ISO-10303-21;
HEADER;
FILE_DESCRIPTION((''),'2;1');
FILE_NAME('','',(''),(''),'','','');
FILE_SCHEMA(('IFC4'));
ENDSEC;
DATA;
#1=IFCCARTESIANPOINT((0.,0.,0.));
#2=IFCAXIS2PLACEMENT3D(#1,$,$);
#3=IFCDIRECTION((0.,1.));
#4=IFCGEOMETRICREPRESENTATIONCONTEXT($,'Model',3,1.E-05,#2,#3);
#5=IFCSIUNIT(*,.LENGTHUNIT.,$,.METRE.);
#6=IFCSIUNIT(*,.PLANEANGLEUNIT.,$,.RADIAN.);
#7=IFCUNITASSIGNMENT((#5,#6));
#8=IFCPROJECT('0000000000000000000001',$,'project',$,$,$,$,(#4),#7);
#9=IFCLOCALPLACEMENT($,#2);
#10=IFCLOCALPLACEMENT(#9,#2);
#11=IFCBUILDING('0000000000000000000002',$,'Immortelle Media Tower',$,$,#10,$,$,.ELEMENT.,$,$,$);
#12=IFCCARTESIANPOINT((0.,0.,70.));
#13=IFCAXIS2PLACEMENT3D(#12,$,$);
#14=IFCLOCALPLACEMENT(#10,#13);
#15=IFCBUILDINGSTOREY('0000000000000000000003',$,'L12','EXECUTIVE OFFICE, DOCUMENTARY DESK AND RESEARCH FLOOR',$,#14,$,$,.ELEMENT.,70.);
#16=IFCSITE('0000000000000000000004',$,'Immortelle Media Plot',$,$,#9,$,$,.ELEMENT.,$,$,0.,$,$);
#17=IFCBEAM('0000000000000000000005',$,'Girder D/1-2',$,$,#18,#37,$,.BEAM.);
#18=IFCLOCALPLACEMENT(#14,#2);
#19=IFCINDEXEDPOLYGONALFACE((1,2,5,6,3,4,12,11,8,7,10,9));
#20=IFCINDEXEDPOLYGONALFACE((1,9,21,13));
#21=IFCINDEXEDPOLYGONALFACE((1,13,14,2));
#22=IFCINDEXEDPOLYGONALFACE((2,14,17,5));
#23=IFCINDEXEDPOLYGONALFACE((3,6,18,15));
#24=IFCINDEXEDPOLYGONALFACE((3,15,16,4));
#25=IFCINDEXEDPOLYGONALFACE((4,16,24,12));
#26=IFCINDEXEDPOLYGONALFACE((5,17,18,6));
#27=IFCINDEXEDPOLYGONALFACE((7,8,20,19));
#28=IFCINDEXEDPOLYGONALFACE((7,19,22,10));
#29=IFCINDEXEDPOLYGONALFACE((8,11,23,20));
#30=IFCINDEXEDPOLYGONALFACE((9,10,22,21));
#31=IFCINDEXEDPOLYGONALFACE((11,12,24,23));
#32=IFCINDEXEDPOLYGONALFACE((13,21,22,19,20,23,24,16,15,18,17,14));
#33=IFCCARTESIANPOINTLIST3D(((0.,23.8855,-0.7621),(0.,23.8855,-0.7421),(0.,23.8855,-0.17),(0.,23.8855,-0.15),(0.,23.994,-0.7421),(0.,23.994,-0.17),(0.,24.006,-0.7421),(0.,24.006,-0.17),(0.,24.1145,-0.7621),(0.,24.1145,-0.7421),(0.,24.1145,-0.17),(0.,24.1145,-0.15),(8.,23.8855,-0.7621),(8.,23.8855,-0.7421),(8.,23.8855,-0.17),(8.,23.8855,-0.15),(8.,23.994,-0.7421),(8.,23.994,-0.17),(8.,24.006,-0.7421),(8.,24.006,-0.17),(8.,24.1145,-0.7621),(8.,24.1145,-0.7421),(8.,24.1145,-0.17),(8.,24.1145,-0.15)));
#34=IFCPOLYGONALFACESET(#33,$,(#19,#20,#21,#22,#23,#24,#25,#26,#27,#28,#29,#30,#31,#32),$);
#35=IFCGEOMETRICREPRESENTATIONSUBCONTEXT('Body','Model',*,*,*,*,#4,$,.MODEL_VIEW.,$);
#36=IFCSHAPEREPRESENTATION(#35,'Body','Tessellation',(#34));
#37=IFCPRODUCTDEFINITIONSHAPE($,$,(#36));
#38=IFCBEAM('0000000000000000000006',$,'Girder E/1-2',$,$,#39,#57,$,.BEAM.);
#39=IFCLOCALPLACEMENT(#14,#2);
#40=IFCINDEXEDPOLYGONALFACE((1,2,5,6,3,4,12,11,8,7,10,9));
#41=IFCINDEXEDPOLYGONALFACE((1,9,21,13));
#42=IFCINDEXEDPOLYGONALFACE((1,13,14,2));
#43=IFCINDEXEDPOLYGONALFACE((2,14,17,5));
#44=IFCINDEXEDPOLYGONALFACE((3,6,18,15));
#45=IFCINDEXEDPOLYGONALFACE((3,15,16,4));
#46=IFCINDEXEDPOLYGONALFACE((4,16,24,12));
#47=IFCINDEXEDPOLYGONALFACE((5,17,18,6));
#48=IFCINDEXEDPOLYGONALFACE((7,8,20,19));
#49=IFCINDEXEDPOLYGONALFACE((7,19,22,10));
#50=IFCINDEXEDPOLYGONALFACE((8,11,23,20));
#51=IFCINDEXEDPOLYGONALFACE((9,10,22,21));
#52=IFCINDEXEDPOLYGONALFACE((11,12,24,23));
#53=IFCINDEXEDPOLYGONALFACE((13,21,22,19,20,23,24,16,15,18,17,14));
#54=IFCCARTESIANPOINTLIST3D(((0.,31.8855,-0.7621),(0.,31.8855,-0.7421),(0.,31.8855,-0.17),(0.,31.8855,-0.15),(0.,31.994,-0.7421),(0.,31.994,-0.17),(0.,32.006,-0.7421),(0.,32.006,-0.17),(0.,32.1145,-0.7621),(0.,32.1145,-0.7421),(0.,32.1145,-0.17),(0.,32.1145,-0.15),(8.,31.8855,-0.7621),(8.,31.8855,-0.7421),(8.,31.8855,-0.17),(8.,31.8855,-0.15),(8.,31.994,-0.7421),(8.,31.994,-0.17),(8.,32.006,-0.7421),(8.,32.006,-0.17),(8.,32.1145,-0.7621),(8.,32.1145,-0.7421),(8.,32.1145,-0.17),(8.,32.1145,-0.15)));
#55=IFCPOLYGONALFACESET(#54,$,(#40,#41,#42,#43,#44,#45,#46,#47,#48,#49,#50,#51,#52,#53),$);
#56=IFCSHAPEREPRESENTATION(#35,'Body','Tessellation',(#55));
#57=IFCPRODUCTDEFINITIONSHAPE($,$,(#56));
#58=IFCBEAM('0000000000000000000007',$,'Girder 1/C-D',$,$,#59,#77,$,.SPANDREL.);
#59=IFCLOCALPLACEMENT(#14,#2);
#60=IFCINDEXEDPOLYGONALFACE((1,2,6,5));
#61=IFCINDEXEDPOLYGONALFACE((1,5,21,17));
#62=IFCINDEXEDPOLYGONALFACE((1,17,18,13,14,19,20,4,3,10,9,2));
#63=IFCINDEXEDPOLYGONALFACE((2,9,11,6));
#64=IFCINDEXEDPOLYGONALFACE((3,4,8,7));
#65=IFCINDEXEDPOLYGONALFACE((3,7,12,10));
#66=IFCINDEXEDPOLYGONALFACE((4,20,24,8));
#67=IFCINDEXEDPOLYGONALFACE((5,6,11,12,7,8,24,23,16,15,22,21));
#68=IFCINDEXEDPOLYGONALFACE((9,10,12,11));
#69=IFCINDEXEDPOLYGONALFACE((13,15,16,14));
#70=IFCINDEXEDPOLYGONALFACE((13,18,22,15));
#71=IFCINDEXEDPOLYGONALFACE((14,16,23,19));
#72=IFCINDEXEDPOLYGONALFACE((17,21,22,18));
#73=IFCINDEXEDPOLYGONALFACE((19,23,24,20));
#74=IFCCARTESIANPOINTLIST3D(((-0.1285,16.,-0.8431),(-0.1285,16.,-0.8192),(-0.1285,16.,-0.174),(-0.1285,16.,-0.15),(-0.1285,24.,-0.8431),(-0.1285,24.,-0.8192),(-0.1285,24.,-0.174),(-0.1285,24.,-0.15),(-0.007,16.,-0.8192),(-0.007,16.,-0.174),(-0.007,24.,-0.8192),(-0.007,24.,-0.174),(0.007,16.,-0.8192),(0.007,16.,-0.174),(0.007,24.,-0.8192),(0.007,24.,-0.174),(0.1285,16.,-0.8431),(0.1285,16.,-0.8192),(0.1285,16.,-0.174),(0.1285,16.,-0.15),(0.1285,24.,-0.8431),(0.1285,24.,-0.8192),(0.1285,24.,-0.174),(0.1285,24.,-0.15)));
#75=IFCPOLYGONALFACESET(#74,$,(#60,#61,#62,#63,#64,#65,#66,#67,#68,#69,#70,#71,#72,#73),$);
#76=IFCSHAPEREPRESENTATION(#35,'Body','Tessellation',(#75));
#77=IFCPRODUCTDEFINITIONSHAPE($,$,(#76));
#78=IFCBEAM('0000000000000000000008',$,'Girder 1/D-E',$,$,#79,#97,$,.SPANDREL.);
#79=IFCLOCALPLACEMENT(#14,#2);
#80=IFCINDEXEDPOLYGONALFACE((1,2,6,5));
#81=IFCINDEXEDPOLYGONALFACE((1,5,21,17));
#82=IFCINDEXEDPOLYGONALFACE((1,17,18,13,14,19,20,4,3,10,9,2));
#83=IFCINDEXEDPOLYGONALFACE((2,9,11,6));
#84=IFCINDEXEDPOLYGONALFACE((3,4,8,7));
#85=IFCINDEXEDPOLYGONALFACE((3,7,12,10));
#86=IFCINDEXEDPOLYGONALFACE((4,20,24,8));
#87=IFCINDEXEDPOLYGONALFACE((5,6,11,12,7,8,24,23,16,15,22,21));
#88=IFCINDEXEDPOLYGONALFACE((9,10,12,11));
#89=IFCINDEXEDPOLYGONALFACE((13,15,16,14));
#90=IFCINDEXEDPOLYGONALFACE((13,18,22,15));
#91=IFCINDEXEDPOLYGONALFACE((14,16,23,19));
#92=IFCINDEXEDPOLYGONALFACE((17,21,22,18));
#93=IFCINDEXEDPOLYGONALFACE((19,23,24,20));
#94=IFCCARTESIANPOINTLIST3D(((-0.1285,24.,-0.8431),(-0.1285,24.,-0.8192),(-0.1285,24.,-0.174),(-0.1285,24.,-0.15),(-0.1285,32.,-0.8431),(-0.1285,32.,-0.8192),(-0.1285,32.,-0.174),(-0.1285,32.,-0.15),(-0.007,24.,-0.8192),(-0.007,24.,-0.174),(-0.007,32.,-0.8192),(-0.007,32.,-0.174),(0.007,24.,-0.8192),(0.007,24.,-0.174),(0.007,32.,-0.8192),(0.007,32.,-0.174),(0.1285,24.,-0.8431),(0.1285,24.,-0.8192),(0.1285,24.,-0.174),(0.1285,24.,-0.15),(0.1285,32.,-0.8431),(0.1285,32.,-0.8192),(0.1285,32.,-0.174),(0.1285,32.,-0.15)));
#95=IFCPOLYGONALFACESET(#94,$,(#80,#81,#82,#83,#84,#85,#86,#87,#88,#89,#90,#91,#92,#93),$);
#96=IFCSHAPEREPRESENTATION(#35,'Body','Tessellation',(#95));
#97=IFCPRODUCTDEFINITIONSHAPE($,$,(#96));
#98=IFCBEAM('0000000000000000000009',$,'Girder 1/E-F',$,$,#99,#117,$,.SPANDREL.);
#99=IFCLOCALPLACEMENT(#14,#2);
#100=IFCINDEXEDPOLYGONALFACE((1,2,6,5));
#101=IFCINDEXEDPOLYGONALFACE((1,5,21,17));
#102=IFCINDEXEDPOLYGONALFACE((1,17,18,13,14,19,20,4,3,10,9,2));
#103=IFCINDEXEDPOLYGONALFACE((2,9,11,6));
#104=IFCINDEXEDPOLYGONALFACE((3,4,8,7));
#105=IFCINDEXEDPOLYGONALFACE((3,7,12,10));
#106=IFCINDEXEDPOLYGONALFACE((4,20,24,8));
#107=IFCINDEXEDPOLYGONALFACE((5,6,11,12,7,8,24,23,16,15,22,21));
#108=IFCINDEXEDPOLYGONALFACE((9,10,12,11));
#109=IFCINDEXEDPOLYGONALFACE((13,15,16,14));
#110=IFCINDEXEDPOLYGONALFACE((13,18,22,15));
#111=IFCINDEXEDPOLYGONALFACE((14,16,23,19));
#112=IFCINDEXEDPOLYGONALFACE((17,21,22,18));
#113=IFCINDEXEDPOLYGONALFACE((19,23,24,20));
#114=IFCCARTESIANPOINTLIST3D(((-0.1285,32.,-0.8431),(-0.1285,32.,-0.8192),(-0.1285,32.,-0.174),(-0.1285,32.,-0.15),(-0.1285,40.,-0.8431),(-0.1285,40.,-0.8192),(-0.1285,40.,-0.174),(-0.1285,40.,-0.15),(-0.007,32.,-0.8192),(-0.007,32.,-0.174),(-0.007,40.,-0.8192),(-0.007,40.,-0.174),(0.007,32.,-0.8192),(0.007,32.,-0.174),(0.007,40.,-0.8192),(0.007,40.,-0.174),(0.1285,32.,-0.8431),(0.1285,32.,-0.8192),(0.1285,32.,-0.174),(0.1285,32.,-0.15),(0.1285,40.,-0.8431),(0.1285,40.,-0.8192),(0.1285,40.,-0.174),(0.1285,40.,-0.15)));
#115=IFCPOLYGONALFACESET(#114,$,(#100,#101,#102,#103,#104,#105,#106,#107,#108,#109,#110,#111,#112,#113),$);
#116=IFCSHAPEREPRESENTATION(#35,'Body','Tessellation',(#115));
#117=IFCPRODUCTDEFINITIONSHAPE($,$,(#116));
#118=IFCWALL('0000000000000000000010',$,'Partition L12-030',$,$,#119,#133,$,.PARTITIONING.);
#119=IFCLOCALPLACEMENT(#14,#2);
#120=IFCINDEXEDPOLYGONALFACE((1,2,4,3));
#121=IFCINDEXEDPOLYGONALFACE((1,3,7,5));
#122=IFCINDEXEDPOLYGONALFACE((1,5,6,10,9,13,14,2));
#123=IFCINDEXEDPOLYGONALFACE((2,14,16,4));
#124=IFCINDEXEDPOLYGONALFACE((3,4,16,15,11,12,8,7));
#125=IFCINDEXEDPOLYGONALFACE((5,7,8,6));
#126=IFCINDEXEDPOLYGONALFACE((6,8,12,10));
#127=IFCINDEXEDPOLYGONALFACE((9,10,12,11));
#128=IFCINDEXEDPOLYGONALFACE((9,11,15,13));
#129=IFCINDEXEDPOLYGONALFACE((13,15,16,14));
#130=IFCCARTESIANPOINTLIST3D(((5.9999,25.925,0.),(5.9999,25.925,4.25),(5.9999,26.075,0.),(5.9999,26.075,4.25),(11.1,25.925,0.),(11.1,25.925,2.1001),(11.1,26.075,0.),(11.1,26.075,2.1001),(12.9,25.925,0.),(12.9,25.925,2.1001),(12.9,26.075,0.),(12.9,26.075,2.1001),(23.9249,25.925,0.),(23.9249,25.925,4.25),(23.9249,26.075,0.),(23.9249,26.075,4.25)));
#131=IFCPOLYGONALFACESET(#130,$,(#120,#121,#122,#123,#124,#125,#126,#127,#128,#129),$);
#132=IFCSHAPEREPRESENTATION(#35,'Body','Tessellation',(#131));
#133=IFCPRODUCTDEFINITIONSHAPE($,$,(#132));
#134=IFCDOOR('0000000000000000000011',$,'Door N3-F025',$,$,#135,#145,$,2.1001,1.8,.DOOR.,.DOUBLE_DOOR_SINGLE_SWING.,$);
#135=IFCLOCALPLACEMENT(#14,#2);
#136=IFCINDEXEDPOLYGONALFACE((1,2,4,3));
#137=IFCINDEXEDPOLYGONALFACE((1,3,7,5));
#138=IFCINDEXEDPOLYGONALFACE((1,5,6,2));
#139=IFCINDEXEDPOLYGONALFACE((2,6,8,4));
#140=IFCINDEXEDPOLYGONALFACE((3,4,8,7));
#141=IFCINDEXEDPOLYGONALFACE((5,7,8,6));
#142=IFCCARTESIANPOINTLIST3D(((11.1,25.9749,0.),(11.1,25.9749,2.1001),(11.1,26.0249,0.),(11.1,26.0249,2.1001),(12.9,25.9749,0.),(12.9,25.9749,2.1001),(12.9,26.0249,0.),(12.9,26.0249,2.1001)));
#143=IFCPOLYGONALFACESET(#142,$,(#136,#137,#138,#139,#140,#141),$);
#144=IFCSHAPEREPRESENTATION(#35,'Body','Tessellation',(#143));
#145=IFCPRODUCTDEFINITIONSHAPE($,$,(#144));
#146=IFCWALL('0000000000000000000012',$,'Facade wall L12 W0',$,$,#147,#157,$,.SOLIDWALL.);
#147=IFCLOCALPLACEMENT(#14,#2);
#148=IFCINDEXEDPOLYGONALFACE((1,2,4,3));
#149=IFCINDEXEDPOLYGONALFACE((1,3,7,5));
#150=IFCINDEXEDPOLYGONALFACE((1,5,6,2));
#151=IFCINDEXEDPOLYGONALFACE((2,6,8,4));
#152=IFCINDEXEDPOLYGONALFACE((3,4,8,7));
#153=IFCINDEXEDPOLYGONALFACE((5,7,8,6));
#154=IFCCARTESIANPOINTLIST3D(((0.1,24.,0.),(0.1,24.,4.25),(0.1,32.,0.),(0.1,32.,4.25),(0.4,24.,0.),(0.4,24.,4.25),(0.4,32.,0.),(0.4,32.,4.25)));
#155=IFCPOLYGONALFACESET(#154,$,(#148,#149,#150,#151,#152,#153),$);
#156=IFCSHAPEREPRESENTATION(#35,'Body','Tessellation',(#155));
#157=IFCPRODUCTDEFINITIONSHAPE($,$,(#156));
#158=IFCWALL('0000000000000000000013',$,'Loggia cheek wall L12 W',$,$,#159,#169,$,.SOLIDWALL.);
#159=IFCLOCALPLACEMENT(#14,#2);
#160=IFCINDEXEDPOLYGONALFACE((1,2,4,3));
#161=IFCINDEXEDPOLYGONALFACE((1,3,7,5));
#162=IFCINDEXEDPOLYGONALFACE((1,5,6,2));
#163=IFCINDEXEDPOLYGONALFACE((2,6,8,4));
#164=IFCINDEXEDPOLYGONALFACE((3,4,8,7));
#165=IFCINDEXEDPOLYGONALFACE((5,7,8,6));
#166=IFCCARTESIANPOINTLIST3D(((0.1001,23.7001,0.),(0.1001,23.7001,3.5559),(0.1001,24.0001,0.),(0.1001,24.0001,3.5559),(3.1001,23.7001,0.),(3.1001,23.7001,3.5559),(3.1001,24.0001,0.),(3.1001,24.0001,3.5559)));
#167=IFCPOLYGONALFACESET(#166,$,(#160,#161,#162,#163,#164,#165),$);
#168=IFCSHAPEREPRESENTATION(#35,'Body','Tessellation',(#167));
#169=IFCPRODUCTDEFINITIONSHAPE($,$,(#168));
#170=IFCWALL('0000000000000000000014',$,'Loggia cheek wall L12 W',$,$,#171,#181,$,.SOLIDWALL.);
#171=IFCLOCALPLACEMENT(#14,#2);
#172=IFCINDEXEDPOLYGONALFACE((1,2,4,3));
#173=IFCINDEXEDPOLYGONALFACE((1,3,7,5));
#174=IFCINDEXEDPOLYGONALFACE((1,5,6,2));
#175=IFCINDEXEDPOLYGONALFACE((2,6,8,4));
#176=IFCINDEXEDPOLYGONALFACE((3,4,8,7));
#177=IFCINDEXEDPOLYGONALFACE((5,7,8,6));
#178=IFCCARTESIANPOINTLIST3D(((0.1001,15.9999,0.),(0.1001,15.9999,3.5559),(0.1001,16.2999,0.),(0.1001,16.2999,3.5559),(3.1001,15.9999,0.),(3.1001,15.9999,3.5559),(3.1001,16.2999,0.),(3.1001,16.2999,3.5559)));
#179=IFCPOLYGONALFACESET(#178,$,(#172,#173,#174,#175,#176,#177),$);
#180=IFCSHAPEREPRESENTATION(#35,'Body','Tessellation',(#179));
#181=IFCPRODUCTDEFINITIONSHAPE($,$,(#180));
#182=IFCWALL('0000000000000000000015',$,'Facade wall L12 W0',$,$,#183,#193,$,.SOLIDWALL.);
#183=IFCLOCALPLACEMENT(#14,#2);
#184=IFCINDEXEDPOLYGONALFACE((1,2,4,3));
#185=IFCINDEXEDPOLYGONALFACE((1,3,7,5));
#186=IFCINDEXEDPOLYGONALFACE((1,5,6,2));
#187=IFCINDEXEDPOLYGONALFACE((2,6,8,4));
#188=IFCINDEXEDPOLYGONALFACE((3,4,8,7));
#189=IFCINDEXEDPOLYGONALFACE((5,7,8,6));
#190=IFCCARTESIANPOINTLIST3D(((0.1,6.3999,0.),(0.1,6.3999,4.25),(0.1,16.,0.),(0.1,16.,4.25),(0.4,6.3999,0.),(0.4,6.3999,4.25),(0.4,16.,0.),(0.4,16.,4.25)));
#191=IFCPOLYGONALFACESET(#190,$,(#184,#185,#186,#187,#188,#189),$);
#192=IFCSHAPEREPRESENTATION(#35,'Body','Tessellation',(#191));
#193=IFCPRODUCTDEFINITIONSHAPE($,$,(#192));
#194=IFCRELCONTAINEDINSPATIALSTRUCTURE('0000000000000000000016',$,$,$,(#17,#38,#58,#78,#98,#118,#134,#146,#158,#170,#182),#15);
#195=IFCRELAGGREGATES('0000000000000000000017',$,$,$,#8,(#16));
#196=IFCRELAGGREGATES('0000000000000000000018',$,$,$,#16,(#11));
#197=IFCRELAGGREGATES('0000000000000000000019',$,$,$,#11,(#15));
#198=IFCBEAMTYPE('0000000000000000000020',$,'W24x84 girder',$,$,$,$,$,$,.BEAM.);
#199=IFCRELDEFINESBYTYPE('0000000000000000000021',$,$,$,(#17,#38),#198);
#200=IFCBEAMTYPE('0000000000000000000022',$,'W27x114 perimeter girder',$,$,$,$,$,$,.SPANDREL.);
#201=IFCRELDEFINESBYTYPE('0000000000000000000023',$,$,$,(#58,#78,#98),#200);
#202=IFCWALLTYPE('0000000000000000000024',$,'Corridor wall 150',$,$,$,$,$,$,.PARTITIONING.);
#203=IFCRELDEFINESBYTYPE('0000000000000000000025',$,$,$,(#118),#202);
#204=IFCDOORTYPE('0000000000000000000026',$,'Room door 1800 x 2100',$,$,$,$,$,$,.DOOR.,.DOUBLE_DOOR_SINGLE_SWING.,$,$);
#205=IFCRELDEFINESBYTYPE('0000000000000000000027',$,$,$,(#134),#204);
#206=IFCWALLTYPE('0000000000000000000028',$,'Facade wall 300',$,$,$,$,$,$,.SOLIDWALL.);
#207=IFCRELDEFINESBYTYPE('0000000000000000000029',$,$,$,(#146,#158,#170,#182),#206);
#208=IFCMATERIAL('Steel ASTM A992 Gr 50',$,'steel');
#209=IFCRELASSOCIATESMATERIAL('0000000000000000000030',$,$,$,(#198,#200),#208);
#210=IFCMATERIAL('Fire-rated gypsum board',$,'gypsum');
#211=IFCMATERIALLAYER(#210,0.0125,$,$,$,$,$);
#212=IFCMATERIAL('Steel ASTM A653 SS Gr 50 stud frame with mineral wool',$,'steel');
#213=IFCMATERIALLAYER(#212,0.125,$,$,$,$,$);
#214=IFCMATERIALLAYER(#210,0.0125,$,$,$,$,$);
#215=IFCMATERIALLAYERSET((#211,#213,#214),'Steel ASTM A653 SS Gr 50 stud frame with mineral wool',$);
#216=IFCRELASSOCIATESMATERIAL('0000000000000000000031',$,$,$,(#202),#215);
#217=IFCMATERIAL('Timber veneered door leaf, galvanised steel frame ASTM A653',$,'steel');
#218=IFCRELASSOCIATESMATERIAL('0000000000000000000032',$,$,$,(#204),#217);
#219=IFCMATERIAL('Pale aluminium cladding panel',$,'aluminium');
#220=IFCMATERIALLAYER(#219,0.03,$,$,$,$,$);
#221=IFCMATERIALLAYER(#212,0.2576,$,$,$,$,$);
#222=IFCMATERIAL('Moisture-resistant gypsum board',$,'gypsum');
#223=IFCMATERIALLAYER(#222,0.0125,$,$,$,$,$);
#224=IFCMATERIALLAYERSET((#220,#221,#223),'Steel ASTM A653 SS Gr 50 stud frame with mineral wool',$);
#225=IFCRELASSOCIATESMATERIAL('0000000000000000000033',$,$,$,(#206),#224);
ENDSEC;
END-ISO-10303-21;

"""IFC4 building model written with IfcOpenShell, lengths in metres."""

from ifc_helpers import new_model, si_unit, direction, frame, frame_2d, origin, origin_2d, place, context, subcontext, project, spatial, rectangle, i_section, extrude, material, layer, layer_set, material_profile, profile_set, type_object, element, fill, save


model = new_model("IFC4")

# Units and contexts
model_context = context("Model", 3, precision=1e-05, world=origin(), true_north=direction((0.0, 1.0)))
body_context = subcontext(model_context, "Body", "Model", "MODEL_VIEW")
ifc_project = project(units=[si_unit("LENGTHUNIT", "METRE"), si_unit("PLANEANGLEUNIT", "RADIAN")], contexts=[model_context])

# Site, building, storey
site_placement = place(None, origin())
site = spatial("IfcSite", under=ifc_project, at=site_placement, Name="Immortelle Media Plot", CompositionType="ELEMENT", RefElevation=0.0)
building_placement = place(site_placement, origin())
building = spatial("IfcBuilding", under=site, at=building_placement, Name="Immortelle Media Tower", CompositionType="ELEMENT")
storey_placement = place(building_placement, frame((0.0, 0.0, 70.0)))
storey = spatial("IfcBuildingStorey", under=building, at=storey_placement, Name="L12", Description="EXECUTIVE OFFICE, DOCUMENTARY DESK AND RESEARCH FLOOR", CompositionType="ELEMENT", Elevation=70.0)

# Shared definitions
ifc_material_1 = material(Name="Steel ASTM A992 Gr 50", Category="steel")

# Beams
ifc_material_profile_1 = material_profile(ifc_material_1, i_section(OverallWidth=0.229, OverallDepth=0.6121, WebThickness=0.012, FlangeThickness=0.02, at=origin_2d()), Name="W24x84")
ifc_profile_set_1 = profile_set([ifc_material_profile_1], Name="Steel ASTM A992 Gr 50")
beam_type_1 = type_object("IfcBeamType", Name="W24x84 girder", PredefinedType="BEAM", material=ifc_profile_set_1)
for number, where, z_axis, x_axis, name in (
    (1, (0.0, 24.0, -0.4561), (1.0, 0.0, 0.0), (0.0, 1.0, 0.0), "Girder D/1-2"),
    (2, (0.0, 32.0, -0.4561), (1.0, 0.0, 0.0), (0.0, 1.0, 0.0), "Girder E/1-2"),
):
    element("IfcBeam", number, at=place(storey_placement, frame(where, z_axis=z_axis, x_axis=x_axis)), inside=storey, type_object=beam_type_1, Name=name, PredefinedType="BEAM", context=body_context, shape_type="SweptSolid", body=[
        extrude(i_section(OverallWidth=0.229, OverallDepth=0.6121, WebThickness=0.012, FlangeThickness=0.02, at=origin_2d()), origin(), (0.0, 0.0, 1.0), 8.0),
    ])
ifc_material_profile_2 = material_profile(ifc_material_1, i_section(OverallWidth=0.2571, OverallDepth=0.6931, WebThickness=0.0139, FlangeThickness=0.0239, at=origin_2d()), Name="W27x114")
ifc_profile_set_2 = profile_set([ifc_material_profile_2], Name="Steel ASTM A992 Gr 50")
beam_type_2 = type_object("IfcBeamType", Name="W27x114 perimeter girder", PredefinedType="SPANDREL", material=ifc_profile_set_2)
for number, where, z_axis, x_axis, name in (
    (3, (0.0, 16.0, -0.4966), (0.0, 1.0, 0.0), (-1.0, 0.0, 0.0), "Girder 1/C-D"),
    (4, (0.0, 24.0, -0.4966), (0.0, 1.0, 0.0), (-1.0, 0.0, 0.0), "Girder 1/D-E"),
    (5, (0.0, 32.0, -0.4966), (0.0, 1.0, 0.0), (-1.0, 0.0, 0.0), "Girder 1/E-F"),
):
    element("IfcBeam", number, at=place(storey_placement, frame(where, z_axis=z_axis, x_axis=x_axis)), inside=storey, type_object=beam_type_2, Name=name, PredefinedType="SPANDREL", context=body_context, shape_type="SweptSolid", body=[
        extrude(i_section(OverallWidth=0.2571, OverallDepth=0.6931, WebThickness=0.0139, FlangeThickness=0.0239, at=origin_2d()), origin(), (0.0, 0.0, 1.0), 8.0),
    ])

# Wall, opening, door
ifc_material_2 = material(Name="Fire-rated gypsum board", Category="gypsum")
ifc_layer_1 = layer(ifc_material_2, 0.0125)
ifc_material_3 = material(Name="Steel ASTM A653 SS Gr 50 stud frame with mineral wool", Category="steel")
ifc_layer_2 = layer(ifc_material_3, 0.125)
ifc_layer_3 = layer(ifc_material_2, 0.0125)
ifc_layer_set_1 = layer_set([ifc_layer_1, ifc_layer_2, ifc_layer_3], Name="Steel ASTM A653 SS Gr 50 stud frame with mineral wool")
wall_type_1 = type_object("IfcWallType", Name="Corridor wall 150", PredefinedType="PARTITIONING", material=ifc_layer_set_1)
wall_1_placement = place(storey_placement, frame((6.0, 26.0, 0.0), z_axis=(0.0, 0.0, 1.0), x_axis=(1.0, 0.0, 0.0)))
wall_1 = element("IfcWall", 6, at=wall_1_placement, inside=storey, type_object=wall_type_1, Name="Partition L12-030", PredefinedType="PARTITIONING", context=body_context, shape_type="SweptSolid", body=[
    extrude(rectangle(XDim=17.925, YDim=0.1499, at=frame_2d((8.9624, 0.0))), origin(), (0.0, 0.0, 1.0), 4.25),
])
opening_1_placement = place(wall_1_placement, frame((5.1001, 0.0, 0.0)))
opening_1 = element("IfcOpeningElement", 7, at=opening_1_placement, cuts=wall_1, PredefinedType="OPENING", context=body_context, shape_type="SweptSolid", body=[
    extrude(rectangle(XDim=1.8, YDim=2.1001, at=frame_2d((0.8999, 1.05))), frame((0.0, 0.085, 0.0), z_axis=(0.0, -1.0, 0.0), x_axis=(1.0, 0.0, 0.0)), (0.0, 0.0, 1.0), 0.1699),
])
ifc_material_4 = material(Name="Timber veneered door leaf, galvanised steel frame ASTM A653", Category="steel")
door_type_1 = type_object("IfcDoorType", Name="Room door 1800 x 2100", OperationType="DOUBLE_DOOR_SINGLE_SWING", PredefinedType="DOOR", material=ifc_material_4)
door_1_placement = place(opening_1_placement, origin())
door_1 = element("IfcDoor", 8, at=door_1_placement, inside=storey, type_object=door_type_1, Name="Door N3-F025", OperationType="DOUBLE_DOOR_SINGLE_SWING", OverallHeight=2.1001, OverallWidth=1.8, PredefinedType="DOOR", context=body_context, shape_type="SweptSolid", body=[
    extrude(rectangle(XDim=1.8, YDim=2.1001, at=frame_2d((0.8999, 1.05))), frame((0.0, 0.0249, 0.0), z_axis=(0.0, -1.0, 0.0), x_axis=(1.0, 0.0, 0.0)), (0.0, 0.0, 1.0), 0.05),
])
fill(opening_1, door_1)

# Wall
ifc_material_5 = material(Name="Pale aluminium cladding panel", Category="aluminium")
ifc_layer_4 = layer(ifc_material_5, 0.03)
ifc_layer_5 = layer(ifc_material_3, 0.2576)
ifc_material_6 = material(Name="Moisture-resistant gypsum board", Category="gypsum")
ifc_layer_6 = layer(ifc_material_6, 0.0125)
ifc_layer_set_2 = layer_set([ifc_layer_4, ifc_layer_5, ifc_layer_6], Name="Steel ASTM A653 SS Gr 50 stud frame with mineral wool")
wall_type_2 = type_object("IfcWallType", Name="Facade wall 300", PredefinedType="SOLIDWALL", material=ifc_layer_set_2)
wall_2_placement = place(storey_placement, frame((0.25, 32.0, 0.0), z_axis=(0.0, 0.0, 1.0), x_axis=(0.0, -1.0, 0.0)))
element("IfcWall", 9, at=wall_2_placement, inside=storey, type_object=wall_type_2, Name="Facade wall L12 W0", PredefinedType="SOLIDWALL", context=body_context, shape_type="SweptSolid", body=[
    extrude(rectangle(XDim=8.0, YDim=0.3, at=frame_2d((4.0, 0.0))), origin(), (0.0, 0.0, 1.0), 4.25),
])

# Walls
for number, where, z_axis, x_axis, name in (
    (10, (0.1001, 23.8501, 0.0), (0.0, 0.0, 1.0), (1.0, 0.0, 0.0), "Loggia cheek wall L12 W"),
    (11, (0.1001, 16.1499, 0.0), (0.0, 0.0, 1.0), (1.0, 0.0, 0.0), "Loggia cheek wall L12 W"),
):
    element("IfcWall", number, at=place(storey_placement, frame(where, z_axis=z_axis, x_axis=x_axis)), inside=storey, type_object=wall_type_2, Name=name, PredefinedType="SOLIDWALL", context=body_context, shape_type="SweptSolid", body=[
        extrude(rectangle(XDim=3.0, YDim=0.3, at=frame_2d((1.5, 0.0))), origin(), (0.0, 0.0, 1.0), 3.5559),
    ])
wall_3_placement = place(storey_placement, frame((0.25, 16.0, 0.0), z_axis=(0.0, 0.0, 1.0), x_axis=(0.0, -1.0, 0.0)))
element("IfcWall", 12, at=wall_3_placement, inside=storey, type_object=wall_type_2, Name="Facade wall L12 W0", PredefinedType="SOLIDWALL", context=body_context, shape_type="SweptSolid", body=[
    extrude(rectangle(XDim=9.6001, YDim=0.3, at=frame_2d((4.8, 0.0))), origin(), (0.0, 0.0, 1.0), 4.25),
])

save(model, "model.ifc")
